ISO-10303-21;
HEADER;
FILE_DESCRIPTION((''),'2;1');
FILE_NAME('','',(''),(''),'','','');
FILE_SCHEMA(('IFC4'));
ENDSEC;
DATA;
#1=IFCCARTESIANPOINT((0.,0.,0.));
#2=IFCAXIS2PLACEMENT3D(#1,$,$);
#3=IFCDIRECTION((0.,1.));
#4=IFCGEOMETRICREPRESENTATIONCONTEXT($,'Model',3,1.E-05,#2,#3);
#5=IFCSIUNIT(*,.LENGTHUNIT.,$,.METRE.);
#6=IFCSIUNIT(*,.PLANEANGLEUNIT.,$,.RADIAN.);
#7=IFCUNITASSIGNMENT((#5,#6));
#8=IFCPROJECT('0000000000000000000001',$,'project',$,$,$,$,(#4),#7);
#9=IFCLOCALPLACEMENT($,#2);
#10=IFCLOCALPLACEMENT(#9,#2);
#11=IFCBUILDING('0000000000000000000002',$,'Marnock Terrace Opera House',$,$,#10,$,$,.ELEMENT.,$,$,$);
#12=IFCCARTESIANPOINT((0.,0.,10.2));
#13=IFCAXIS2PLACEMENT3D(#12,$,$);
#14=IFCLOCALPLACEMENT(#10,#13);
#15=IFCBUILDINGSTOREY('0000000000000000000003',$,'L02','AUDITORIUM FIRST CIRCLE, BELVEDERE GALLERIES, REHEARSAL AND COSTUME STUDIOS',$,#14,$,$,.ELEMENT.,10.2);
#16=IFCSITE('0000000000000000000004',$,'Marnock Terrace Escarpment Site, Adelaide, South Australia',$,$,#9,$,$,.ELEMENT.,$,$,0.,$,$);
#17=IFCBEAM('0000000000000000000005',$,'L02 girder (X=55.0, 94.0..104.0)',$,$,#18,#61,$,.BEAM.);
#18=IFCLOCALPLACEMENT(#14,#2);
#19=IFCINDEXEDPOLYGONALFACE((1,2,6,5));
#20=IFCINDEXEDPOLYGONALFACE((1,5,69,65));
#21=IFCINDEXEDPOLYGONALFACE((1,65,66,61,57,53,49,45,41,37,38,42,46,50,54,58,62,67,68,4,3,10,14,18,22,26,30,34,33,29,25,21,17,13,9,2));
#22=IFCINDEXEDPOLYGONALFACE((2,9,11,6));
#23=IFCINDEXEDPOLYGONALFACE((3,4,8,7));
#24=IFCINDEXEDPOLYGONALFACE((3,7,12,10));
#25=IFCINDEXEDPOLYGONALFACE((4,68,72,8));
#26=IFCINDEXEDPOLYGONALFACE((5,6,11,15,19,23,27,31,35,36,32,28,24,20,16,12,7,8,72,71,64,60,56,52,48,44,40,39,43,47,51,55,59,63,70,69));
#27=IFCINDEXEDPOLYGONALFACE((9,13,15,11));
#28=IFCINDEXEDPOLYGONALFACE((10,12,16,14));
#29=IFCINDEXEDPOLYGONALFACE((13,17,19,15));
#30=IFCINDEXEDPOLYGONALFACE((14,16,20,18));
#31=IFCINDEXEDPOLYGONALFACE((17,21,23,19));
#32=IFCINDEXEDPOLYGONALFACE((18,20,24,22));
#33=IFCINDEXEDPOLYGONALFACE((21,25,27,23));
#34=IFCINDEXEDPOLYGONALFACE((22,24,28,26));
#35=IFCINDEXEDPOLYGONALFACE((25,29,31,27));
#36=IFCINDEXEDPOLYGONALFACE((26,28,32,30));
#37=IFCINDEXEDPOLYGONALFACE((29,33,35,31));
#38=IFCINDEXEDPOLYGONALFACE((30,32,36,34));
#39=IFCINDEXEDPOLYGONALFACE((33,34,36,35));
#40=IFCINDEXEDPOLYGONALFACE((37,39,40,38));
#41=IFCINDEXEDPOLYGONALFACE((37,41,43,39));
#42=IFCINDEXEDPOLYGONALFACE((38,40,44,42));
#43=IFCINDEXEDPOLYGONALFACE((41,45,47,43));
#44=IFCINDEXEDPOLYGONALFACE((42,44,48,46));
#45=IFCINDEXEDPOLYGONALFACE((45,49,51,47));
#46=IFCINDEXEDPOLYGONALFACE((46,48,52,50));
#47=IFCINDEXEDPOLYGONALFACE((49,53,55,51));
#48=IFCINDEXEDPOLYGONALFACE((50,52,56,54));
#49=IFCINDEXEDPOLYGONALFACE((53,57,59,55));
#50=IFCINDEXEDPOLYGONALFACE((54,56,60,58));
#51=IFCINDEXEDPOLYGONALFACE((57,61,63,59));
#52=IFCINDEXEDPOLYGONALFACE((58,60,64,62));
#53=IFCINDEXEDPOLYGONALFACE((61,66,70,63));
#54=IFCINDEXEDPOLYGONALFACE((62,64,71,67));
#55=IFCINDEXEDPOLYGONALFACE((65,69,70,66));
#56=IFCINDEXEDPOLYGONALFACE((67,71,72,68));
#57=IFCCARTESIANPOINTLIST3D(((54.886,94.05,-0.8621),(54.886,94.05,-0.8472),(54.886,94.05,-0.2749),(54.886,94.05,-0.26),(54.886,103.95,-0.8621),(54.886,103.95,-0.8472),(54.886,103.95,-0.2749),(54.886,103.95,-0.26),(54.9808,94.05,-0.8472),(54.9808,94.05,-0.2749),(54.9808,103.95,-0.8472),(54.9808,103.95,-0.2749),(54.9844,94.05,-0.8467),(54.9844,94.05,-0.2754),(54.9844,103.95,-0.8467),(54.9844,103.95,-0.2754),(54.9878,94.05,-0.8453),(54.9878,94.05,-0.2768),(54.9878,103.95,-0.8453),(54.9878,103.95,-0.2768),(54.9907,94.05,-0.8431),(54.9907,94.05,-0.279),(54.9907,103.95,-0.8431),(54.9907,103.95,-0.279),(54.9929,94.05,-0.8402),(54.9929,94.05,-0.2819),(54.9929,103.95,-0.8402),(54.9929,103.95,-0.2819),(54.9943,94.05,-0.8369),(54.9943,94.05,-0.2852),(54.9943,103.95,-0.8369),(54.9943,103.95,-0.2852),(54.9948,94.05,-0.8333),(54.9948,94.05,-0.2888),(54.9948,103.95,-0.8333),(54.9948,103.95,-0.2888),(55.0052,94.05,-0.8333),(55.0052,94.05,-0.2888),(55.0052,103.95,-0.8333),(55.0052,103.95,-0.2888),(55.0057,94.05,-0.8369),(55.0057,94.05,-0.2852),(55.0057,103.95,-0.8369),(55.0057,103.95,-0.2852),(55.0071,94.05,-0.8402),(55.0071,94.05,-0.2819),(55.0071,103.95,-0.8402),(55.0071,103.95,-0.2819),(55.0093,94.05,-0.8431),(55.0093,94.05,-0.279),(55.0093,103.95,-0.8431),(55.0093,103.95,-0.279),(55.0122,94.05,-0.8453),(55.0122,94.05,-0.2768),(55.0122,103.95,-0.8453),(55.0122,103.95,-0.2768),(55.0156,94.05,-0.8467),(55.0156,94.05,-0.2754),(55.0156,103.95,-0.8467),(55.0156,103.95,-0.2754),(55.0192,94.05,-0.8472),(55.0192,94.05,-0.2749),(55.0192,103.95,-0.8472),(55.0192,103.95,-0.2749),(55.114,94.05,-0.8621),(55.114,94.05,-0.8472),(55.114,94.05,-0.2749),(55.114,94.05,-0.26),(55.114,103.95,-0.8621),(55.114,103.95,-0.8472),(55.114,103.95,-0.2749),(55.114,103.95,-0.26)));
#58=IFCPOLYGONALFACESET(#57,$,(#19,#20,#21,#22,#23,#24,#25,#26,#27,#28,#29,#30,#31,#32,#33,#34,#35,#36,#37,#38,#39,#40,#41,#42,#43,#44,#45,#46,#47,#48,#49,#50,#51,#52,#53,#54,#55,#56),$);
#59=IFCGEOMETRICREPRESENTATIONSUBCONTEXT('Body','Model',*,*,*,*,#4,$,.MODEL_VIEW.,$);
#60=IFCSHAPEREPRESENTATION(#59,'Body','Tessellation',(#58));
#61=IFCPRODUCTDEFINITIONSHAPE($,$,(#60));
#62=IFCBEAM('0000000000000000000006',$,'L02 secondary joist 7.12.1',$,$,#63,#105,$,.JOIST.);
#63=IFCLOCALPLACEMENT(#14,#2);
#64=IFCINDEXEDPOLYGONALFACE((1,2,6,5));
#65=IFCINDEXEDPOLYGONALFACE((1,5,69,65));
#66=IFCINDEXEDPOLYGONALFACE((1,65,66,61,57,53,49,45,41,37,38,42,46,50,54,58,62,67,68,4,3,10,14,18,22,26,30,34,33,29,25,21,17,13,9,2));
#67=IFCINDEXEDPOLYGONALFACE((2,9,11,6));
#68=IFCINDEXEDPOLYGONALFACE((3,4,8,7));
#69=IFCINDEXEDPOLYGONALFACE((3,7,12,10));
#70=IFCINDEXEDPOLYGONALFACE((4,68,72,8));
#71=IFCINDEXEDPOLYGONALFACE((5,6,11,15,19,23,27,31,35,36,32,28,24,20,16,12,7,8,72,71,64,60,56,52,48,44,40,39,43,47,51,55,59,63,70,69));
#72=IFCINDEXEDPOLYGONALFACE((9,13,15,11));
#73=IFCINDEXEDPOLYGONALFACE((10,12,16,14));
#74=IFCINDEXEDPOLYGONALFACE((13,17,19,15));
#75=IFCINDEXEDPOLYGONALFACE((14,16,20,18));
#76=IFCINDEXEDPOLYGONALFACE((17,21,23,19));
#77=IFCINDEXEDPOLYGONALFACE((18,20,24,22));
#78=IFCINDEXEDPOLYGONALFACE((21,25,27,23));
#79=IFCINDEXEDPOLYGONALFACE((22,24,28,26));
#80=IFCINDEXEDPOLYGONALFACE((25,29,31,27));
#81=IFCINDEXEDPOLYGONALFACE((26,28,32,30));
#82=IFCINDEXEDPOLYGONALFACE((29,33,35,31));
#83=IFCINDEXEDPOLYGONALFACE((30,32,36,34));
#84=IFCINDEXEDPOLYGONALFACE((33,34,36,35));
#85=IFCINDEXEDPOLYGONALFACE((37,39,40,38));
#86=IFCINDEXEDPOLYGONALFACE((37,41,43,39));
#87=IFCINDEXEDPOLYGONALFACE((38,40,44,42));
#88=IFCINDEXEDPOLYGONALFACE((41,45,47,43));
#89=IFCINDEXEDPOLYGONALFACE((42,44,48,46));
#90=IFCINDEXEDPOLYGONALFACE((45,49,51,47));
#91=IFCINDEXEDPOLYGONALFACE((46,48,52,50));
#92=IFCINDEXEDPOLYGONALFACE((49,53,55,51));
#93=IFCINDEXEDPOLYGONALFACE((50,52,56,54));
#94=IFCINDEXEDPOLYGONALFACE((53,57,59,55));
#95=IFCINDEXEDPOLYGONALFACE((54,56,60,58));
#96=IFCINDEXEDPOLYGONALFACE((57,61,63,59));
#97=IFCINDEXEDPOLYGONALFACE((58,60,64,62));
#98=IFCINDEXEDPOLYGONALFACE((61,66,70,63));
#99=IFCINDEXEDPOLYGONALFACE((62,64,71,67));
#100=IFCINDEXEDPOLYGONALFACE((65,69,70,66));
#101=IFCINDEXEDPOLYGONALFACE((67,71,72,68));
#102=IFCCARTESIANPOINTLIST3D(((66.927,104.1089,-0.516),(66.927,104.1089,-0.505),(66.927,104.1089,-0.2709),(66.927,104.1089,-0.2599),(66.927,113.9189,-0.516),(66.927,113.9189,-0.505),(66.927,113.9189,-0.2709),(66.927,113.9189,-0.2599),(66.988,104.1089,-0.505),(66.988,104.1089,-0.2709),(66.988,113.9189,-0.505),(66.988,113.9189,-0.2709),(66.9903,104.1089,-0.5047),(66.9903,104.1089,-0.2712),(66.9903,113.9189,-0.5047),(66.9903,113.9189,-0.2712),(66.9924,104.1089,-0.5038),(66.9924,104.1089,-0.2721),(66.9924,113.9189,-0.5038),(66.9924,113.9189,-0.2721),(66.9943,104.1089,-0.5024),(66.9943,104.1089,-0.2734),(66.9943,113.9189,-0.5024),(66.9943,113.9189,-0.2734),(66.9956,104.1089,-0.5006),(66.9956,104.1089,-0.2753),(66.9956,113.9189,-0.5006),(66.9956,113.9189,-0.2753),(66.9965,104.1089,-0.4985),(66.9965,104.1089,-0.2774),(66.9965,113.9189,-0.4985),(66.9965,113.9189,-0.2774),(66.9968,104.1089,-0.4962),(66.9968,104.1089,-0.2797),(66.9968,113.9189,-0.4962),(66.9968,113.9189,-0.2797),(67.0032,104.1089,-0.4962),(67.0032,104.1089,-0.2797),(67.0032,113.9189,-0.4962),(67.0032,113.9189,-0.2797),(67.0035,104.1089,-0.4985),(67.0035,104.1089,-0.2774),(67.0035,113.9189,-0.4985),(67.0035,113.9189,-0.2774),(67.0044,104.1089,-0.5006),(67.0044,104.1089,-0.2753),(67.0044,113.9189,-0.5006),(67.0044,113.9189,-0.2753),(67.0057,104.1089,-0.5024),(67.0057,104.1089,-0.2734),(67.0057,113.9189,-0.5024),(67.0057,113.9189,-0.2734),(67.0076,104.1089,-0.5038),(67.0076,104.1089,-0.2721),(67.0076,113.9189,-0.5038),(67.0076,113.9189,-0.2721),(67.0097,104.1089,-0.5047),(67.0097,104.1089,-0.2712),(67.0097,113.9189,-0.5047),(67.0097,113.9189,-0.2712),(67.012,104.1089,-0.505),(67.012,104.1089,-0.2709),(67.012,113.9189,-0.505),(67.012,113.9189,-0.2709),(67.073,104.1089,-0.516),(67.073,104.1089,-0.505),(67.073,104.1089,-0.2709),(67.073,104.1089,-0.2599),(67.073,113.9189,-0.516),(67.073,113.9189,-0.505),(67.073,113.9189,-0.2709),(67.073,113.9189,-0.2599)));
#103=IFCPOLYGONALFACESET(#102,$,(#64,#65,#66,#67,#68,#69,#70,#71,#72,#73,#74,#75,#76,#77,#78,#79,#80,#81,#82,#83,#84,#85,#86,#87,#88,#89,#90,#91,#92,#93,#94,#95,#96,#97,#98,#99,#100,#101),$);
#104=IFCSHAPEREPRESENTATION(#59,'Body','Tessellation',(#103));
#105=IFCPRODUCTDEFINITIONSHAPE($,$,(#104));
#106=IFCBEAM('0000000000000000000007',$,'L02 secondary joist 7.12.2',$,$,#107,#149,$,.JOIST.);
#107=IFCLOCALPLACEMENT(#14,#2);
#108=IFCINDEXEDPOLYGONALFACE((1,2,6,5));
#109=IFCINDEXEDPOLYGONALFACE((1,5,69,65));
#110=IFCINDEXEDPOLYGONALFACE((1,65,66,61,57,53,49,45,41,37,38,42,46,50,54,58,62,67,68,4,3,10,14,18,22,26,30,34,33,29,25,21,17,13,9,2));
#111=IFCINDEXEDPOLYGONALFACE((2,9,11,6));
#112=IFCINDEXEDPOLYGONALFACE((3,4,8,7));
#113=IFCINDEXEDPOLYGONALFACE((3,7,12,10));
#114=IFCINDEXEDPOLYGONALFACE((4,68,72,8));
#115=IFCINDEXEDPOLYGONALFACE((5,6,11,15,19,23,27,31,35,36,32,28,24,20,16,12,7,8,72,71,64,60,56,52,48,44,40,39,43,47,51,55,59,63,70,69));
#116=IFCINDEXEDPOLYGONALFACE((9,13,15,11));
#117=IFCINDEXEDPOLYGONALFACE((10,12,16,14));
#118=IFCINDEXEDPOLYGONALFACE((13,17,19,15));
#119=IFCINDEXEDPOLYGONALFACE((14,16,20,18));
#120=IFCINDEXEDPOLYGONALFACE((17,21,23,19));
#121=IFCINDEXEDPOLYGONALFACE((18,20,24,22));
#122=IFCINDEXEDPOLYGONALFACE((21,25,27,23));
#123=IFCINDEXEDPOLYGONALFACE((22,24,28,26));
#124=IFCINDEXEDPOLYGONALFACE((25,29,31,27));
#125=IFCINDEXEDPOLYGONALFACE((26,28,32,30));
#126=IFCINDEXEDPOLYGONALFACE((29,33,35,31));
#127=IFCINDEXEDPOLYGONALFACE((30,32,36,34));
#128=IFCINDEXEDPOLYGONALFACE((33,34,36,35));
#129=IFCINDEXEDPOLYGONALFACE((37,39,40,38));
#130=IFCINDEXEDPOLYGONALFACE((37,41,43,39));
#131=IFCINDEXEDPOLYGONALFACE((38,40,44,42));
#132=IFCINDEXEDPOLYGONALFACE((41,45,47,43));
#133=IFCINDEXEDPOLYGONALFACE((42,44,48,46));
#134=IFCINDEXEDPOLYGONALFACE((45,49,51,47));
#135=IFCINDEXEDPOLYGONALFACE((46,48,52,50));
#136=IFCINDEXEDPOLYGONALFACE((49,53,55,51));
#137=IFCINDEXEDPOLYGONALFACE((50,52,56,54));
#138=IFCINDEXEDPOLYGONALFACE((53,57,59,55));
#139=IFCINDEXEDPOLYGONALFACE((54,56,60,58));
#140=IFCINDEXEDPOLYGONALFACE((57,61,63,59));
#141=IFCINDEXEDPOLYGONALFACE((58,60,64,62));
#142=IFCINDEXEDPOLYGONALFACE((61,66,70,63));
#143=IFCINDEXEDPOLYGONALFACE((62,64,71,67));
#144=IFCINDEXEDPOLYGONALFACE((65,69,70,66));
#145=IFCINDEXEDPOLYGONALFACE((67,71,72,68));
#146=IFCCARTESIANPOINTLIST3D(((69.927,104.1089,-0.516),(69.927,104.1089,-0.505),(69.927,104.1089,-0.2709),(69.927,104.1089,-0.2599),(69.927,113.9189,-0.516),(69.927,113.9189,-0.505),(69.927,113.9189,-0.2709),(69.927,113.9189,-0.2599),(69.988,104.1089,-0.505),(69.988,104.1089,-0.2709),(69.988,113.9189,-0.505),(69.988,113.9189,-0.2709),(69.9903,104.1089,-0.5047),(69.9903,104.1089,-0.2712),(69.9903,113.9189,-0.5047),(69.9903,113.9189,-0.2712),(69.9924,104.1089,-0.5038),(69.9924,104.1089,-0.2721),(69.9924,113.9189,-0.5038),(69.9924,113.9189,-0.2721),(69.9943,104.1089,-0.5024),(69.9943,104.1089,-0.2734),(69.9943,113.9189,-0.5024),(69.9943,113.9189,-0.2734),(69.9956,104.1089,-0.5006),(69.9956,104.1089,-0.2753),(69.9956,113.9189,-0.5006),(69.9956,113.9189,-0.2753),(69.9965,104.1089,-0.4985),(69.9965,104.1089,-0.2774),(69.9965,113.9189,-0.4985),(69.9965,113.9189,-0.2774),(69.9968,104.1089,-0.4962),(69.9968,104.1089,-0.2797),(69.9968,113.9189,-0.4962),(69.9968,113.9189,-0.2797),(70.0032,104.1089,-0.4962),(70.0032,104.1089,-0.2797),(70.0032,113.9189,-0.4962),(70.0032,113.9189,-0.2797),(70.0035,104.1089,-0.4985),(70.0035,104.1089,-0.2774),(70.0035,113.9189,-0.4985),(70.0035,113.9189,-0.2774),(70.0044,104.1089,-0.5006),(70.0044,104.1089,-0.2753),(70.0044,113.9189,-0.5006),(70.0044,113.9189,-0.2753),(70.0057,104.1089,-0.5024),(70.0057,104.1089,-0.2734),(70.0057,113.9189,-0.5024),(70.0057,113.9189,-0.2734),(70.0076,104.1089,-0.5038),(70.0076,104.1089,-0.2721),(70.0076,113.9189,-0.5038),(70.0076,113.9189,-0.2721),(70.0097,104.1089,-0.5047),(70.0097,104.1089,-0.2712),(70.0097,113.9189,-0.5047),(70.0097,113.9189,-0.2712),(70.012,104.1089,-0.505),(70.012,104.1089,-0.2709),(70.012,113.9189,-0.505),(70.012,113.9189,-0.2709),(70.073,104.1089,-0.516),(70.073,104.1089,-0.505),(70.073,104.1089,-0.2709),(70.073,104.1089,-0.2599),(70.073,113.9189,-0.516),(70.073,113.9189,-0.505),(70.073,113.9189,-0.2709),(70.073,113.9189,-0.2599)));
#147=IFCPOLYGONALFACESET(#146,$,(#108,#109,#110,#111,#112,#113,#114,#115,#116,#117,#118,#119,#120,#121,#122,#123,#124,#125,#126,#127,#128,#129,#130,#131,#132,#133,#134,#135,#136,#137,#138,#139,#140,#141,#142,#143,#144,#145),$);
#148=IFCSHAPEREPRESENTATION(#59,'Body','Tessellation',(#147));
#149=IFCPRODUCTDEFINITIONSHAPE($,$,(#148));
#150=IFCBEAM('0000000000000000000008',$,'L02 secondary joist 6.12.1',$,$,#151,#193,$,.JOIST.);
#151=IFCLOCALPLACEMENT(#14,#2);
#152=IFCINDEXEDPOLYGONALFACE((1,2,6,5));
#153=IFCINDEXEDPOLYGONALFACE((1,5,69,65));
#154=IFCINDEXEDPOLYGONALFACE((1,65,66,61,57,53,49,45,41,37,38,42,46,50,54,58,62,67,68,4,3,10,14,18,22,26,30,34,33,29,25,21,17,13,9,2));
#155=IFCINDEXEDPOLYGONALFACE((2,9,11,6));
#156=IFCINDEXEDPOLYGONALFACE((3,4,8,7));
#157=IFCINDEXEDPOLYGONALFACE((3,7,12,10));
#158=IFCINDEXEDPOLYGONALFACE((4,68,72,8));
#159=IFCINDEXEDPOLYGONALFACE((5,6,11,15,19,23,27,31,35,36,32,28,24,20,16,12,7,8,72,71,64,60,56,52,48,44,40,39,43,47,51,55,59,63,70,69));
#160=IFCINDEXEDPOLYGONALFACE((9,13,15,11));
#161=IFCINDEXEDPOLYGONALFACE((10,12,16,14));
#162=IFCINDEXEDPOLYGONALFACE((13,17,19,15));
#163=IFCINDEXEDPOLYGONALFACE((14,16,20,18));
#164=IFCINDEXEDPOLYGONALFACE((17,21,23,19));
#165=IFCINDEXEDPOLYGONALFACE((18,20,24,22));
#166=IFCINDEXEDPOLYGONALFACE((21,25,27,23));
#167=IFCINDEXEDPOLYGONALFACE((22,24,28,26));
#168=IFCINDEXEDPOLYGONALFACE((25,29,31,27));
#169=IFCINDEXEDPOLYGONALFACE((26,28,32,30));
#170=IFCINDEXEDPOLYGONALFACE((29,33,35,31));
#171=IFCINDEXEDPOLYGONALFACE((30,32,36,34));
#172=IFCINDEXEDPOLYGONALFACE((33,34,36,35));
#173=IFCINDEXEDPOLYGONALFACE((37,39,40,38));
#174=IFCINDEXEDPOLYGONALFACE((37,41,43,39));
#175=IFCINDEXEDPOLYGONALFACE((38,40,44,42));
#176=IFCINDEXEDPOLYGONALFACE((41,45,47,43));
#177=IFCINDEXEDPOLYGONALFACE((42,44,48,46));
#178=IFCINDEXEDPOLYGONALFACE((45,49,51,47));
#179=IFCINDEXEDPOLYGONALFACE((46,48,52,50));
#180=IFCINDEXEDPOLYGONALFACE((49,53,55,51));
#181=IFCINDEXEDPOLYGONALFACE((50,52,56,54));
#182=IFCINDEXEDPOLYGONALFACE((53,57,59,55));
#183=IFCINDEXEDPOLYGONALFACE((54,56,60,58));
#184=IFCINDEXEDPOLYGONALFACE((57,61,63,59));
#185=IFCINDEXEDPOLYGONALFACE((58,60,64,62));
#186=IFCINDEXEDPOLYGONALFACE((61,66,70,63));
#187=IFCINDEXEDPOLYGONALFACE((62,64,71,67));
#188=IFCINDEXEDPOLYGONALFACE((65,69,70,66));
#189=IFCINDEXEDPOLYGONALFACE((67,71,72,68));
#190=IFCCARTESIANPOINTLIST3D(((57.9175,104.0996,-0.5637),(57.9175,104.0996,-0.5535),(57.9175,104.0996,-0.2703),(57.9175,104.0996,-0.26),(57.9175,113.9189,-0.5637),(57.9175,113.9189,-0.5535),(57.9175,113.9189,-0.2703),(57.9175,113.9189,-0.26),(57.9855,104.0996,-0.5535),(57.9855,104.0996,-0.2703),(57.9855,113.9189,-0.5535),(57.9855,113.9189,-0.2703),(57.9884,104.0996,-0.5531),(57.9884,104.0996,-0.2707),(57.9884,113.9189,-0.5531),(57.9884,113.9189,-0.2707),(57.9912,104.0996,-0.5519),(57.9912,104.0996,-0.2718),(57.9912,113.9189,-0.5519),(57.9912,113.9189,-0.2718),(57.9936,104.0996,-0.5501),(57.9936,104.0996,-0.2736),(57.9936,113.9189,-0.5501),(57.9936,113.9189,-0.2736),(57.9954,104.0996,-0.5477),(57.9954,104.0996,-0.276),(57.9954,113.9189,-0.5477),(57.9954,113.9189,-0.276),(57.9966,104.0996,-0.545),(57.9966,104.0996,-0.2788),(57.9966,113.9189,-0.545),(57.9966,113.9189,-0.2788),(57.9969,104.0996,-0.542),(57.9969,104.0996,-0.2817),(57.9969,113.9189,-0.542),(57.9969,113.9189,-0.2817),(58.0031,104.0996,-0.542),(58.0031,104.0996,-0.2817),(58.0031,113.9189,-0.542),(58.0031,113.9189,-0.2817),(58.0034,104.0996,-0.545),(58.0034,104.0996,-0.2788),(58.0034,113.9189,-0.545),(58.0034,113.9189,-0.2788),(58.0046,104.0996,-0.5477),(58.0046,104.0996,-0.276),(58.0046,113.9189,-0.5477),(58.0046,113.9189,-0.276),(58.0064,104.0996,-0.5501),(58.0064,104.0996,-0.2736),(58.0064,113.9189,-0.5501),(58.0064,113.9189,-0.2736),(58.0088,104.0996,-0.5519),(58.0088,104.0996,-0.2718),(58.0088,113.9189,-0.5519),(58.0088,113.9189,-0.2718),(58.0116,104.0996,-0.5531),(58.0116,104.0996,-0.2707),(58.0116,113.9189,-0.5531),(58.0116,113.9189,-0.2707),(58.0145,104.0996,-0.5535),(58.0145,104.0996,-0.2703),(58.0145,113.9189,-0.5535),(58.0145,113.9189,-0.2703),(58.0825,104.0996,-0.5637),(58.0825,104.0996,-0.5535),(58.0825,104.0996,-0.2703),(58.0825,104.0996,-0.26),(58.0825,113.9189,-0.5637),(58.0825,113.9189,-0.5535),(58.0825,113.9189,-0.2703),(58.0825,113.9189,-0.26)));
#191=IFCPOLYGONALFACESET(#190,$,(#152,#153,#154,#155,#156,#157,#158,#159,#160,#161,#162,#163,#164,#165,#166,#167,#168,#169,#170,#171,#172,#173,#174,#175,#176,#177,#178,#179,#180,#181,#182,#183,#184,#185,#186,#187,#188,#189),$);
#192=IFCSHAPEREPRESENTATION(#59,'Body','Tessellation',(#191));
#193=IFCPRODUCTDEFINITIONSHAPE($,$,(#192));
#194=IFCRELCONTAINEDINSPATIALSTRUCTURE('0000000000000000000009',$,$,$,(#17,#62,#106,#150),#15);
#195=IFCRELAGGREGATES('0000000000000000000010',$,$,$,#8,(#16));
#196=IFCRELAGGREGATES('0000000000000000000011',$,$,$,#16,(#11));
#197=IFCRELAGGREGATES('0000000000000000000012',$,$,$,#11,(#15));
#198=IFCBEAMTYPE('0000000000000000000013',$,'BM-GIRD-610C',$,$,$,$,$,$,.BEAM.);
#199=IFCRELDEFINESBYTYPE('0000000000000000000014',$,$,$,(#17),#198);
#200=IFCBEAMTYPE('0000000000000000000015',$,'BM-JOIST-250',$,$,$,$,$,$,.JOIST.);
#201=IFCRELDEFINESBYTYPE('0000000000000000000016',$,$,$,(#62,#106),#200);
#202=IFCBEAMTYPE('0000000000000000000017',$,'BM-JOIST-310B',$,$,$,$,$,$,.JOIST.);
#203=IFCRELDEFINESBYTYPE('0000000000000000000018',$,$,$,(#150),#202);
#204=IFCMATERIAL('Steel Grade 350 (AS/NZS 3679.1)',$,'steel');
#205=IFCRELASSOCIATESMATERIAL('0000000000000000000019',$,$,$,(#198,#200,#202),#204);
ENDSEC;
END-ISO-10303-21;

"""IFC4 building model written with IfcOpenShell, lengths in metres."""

from ifc_helpers import new_model, si_unit, direction, frame, origin, origin_2d, place, context, subcontext, project, spatial, i_section, extrude, material, material_profile, profile_set, type_object, element, save


model = new_model("IFC4")

# Units and contexts
model_context = context("Model", 3, precision=1e-05, world=origin(), true_north=direction((0.0, 1.0)))
body_context = subcontext(model_context, "Body", "Model", "MODEL_VIEW")
ifc_project = project(units=[si_unit("LENGTHUNIT", "METRE"), si_unit("PLANEANGLEUNIT", "RADIAN")], contexts=[model_context])

# Site, building, storey
site_placement = place(None, origin())
site = spatial("IfcSite", under=ifc_project, at=site_placement, Name="Marnock Terrace Escarpment Site, Adelaide, South Australia", CompositionType="ELEMENT", RefElevation=0.0)
building_placement = place(site_placement, origin())
building = spatial("IfcBuilding", under=site, at=building_placement, Name="Marnock Terrace Opera House", CompositionType="ELEMENT")
storey_placement = place(building_placement, frame((0.0, 0.0, 10.2)))
storey = spatial("IfcBuildingStorey", under=building, at=storey_placement, Name="L02", Description="AUDITORIUM FIRST CIRCLE, BELVEDERE GALLERIES, REHEARSAL AND COSTUME STUDIOS", CompositionType="ELEMENT", Elevation=10.2)

# Beams
ifc_material_1 = material(Name="Steel Grade 350 (AS/NZS 3679.1)", Category="steel")
ifc_material_profile_1 = material_profile(ifc_material_1, i_section(OverallWidth=0.228, OverallDepth=0.6021, WebThickness=0.0105, FlangeThickness=0.0149, FilletRadius=0.0139, at=origin_2d()))
ifc_profile_set_1 = profile_set([ifc_material_profile_1], Name="Steel Grade 350 (AS/NZS 3679.1)")
beam_type_1 = type_object("IfcBeamType", Name="BM-GIRD-610C", PredefinedType="BEAM", material=ifc_profile_set_1)
beam_1_placement = place(storey_placement, frame((55.0, 94.05, -0.561), z_axis=(0.0, 1.0, 0.0), x_axis=(-1.0, 0.0, 0.0)))
element("IfcBeam", 1, at=beam_1_placement, inside=storey, type_object=beam_type_1, Name="L02 girder (X=55.0, 94.0..104.0)", PredefinedType="BEAM", context=body_context, shape_type="SweptSolid", body=[
    extrude(i_section(OverallWidth=0.228, OverallDepth=0.6021, WebThickness=0.0105, FlangeThickness=0.0149, FilletRadius=0.0139, at=origin_2d()), origin(), (0.0, 0.0, 1.0), 9.8999),
])
ifc_material_profile_2 = material_profile(ifc_material_1, i_section(OverallWidth=0.146, OverallDepth=0.2561, WebThickness=0.0063, FlangeThickness=0.011, FilletRadius=0.0088, at=origin_2d()))
ifc_profile_set_2 = profile_set([ifc_material_profile_2], Name="Steel Grade 350 (AS/NZS 3679.1)")
beam_type_2 = type_object("IfcBeamType", Name="BM-JOIST-250", PredefinedType="JOIST", material=ifc_profile_set_2)
for number, where, z_axis, x_axis, name in (
    (2, (67.0, 104.1089, -0.3879), (0.0, 1.0, 0.0), (-1.0, 0.0, 0.0), "L02 secondary joist 7.12.1"),
    (3, (70.0, 104.1089, -0.3879), (0.0, 1.0, 0.0), (-1.0, 0.0, 0.0), "L02 secondary joist 7.12.2"),
):
    element("IfcBeam", number, at=place(storey_placement, frame(where, z_axis=z_axis, x_axis=x_axis)), inside=storey, type_object=beam_type_2, Name=name, PredefinedType="JOIST", context=body_context, shape_type="SweptSolid", body=[
        extrude(i_section(OverallWidth=0.146, OverallDepth=0.2561, WebThickness=0.0063, FlangeThickness=0.011, FilletRadius=0.0088, at=origin_2d()), origin(), (0.0, 0.0, 1.0), 9.8101),
    ])
ifc_material_profile_3 = material_profile(ifc_material_1, i_section(OverallWidth=0.165, OverallDepth=0.3037, WebThickness=0.0061, FlangeThickness=0.0103, FilletRadius=0.0115, at=origin_2d()))
ifc_profile_set_3 = profile_set([ifc_material_profile_3], Name="Steel Grade 350 (AS/NZS 3679.1)")
beam_type_3 = type_object("IfcBeamType", Name="BM-JOIST-310B", PredefinedType="JOIST", material=ifc_profile_set_3)
for number, where, z_axis, x_axis, name in (
    (4, (58.0, 104.0996, -0.4119), (0.0, 1.0, 0.0), (-1.0, 0.0, 0.0), "L02 secondary joist 6.12.1"),
):
    element("IfcBeam", number, at=place(storey_placement, frame(where, z_axis=z_axis, x_axis=x_axis)), inside=storey, type_object=beam_type_3, Name=name, PredefinedType="JOIST", context=body_context, shape_type="SweptSolid", body=[
        extrude(i_section(OverallWidth=0.165, OverallDepth=0.3037, WebThickness=0.0061, FlangeThickness=0.0103, FilletRadius=0.0115, at=origin_2d()), origin(), (0.0, 0.0, 1.0), 9.8193),
    ])

save(model, "model.ifc")
